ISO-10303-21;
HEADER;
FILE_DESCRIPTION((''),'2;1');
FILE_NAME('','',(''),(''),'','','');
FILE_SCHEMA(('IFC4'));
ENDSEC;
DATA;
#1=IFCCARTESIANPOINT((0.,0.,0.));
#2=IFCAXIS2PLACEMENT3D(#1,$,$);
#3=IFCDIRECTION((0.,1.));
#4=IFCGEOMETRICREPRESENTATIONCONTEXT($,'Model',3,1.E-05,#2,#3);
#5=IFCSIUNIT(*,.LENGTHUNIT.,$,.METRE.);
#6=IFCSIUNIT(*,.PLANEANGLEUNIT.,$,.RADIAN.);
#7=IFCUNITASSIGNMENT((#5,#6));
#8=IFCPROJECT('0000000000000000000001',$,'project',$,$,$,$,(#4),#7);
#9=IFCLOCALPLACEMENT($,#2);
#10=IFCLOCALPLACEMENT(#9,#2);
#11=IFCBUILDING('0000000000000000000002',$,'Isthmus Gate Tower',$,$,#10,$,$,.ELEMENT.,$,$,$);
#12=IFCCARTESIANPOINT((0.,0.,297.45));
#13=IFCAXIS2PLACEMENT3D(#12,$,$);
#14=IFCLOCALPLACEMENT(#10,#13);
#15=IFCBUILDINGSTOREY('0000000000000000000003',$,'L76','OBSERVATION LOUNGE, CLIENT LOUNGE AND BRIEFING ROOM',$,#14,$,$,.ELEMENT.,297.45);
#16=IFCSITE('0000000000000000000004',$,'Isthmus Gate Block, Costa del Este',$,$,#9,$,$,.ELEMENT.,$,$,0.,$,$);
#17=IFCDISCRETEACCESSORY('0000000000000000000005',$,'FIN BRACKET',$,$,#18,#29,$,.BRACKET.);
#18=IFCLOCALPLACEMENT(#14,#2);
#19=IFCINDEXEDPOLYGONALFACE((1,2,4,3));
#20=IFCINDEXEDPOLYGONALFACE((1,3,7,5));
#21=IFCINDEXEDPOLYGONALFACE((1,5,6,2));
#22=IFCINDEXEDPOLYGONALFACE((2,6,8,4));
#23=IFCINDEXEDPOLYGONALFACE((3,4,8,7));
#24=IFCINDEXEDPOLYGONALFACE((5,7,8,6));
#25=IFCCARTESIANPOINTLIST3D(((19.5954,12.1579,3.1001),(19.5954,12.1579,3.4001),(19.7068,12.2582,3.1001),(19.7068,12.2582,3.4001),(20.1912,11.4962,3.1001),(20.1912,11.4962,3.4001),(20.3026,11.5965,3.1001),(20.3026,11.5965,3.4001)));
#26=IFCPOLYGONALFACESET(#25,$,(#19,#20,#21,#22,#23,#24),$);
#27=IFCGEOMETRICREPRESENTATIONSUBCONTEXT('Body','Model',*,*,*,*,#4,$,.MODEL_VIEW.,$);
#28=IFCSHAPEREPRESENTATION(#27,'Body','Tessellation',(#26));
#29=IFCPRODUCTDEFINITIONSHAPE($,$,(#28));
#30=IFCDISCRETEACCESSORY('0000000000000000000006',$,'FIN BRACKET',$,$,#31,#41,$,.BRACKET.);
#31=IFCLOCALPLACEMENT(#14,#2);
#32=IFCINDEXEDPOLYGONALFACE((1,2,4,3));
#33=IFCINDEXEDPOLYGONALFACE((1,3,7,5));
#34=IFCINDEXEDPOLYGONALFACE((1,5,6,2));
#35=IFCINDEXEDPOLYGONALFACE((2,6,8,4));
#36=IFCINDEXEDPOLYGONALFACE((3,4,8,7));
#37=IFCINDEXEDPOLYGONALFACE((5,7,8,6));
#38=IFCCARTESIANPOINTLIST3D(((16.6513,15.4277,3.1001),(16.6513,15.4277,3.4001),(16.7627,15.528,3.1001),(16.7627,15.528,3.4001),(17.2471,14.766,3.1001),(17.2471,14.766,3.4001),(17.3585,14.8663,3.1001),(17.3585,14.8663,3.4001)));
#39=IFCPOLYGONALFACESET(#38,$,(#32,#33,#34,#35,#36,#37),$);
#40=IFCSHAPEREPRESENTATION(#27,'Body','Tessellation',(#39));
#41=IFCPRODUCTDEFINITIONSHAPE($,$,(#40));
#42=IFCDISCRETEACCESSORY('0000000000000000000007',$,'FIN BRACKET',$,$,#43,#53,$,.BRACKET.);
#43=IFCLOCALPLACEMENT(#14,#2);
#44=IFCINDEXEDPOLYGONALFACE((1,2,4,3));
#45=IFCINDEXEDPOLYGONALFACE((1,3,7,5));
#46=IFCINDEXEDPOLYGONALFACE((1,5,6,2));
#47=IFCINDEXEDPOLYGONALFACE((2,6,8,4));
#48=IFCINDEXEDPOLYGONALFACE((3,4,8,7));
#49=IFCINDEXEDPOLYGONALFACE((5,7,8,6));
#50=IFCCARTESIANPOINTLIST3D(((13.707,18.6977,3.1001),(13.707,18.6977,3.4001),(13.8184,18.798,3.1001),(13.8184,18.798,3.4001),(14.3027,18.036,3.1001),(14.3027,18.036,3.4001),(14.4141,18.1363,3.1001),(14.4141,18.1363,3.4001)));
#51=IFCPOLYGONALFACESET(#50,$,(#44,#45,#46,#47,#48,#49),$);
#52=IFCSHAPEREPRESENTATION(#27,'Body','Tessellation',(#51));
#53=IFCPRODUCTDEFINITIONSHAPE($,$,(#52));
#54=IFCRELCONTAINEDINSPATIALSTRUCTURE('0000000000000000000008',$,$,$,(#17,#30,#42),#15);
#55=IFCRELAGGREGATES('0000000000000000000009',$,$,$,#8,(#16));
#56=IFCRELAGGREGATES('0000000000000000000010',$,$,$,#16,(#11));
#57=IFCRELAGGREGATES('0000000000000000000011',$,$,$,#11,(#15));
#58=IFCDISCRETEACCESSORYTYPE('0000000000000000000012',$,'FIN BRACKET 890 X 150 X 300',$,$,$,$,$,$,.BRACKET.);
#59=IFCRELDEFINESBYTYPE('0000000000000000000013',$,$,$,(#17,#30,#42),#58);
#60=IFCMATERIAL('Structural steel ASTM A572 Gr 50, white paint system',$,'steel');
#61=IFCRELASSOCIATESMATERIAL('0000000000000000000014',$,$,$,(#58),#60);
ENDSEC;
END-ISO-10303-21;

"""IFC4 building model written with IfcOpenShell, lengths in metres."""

from ifc_helpers import new_model, si_unit, direction, frame, origin, origin_2d, place, context, subcontext, project, spatial, rectangle, extrude, material, type_object, element, save


model = new_model("IFC4")

# Units and contexts
model_context = context("Model", 3, precision=1e-05, world=origin(), true_north=direction((0.0, 1.0)))
body_context = subcontext(model_context, "Body", "Model", "MODEL_VIEW")
ifc_project = project(units=[si_unit("LENGTHUNIT", "METRE"), si_unit("PLANEANGLEUNIT", "RADIAN")], contexts=[model_context])

# Site, building, storey
site_placement = place(None, origin())
site = spatial("IfcSite", under=ifc_project, at=site_placement, Name="Isthmus Gate Block, Costa del Este", CompositionType="ELEMENT", RefElevation=0.0)
building_placement = place(site_placement, origin())
building = spatial("IfcBuilding", under=site, at=building_placement, Name="Isthmus Gate Tower", CompositionType="ELEMENT")
storey_placement = place(building_placement, frame((0.0, 0.0, 297.45)))
storey = spatial("IfcBuildingStorey", under=building, at=storey_placement, Name="L76", Description="OBSERVATION LOUNGE, CLIENT LOUNGE AND BRIEFING ROOM", CompositionType="ELEMENT", Elevation=297.45)

# Discrete accessories
ifc_material_1 = material(Name="Structural steel ASTM A572 Gr 50, white paint system", Category="steel")
discrete_accessory_type = type_object("IfcDiscreteAccessoryType", Name="FIN BRACKET 890 X 150 X 300", PredefinedType="BRACKET", material=ifc_material_1)
for number, where, z_axis, x_axis, name in (
    (1, (19.949, 11.8772, 3.1001), (0.0, 0.0, 1.0), (0.743145, 0.669131, 0.0), "FIN BRACKET"),
    (2, (17.0049, 15.147, 3.1001), (0.0, 0.0, 1.0), (0.743145, 0.669131, 0.0), "FIN BRACKET"),
    (3, (14.0605, 18.417, 3.1001), (0.0, 0.0, 1.0), (0.743145, 0.669131, 0.0), "FIN BRACKET"),
):
    element("IfcDiscreteAccessory", number, at=place(storey_placement, frame(where, z_axis=z_axis, x_axis=x_axis)), inside=storey, type_object=discrete_accessory_type, Name=name, PredefinedType="BRACKET", context=body_context, shape_type="SweptSolid", body=[
        extrude(rectangle(XDim=0.1499, YDim=0.8904, at=origin_2d()), origin(), (0.0, 0.0, 1.0), 0.3),
    ])

save(model, "model.ifc")
